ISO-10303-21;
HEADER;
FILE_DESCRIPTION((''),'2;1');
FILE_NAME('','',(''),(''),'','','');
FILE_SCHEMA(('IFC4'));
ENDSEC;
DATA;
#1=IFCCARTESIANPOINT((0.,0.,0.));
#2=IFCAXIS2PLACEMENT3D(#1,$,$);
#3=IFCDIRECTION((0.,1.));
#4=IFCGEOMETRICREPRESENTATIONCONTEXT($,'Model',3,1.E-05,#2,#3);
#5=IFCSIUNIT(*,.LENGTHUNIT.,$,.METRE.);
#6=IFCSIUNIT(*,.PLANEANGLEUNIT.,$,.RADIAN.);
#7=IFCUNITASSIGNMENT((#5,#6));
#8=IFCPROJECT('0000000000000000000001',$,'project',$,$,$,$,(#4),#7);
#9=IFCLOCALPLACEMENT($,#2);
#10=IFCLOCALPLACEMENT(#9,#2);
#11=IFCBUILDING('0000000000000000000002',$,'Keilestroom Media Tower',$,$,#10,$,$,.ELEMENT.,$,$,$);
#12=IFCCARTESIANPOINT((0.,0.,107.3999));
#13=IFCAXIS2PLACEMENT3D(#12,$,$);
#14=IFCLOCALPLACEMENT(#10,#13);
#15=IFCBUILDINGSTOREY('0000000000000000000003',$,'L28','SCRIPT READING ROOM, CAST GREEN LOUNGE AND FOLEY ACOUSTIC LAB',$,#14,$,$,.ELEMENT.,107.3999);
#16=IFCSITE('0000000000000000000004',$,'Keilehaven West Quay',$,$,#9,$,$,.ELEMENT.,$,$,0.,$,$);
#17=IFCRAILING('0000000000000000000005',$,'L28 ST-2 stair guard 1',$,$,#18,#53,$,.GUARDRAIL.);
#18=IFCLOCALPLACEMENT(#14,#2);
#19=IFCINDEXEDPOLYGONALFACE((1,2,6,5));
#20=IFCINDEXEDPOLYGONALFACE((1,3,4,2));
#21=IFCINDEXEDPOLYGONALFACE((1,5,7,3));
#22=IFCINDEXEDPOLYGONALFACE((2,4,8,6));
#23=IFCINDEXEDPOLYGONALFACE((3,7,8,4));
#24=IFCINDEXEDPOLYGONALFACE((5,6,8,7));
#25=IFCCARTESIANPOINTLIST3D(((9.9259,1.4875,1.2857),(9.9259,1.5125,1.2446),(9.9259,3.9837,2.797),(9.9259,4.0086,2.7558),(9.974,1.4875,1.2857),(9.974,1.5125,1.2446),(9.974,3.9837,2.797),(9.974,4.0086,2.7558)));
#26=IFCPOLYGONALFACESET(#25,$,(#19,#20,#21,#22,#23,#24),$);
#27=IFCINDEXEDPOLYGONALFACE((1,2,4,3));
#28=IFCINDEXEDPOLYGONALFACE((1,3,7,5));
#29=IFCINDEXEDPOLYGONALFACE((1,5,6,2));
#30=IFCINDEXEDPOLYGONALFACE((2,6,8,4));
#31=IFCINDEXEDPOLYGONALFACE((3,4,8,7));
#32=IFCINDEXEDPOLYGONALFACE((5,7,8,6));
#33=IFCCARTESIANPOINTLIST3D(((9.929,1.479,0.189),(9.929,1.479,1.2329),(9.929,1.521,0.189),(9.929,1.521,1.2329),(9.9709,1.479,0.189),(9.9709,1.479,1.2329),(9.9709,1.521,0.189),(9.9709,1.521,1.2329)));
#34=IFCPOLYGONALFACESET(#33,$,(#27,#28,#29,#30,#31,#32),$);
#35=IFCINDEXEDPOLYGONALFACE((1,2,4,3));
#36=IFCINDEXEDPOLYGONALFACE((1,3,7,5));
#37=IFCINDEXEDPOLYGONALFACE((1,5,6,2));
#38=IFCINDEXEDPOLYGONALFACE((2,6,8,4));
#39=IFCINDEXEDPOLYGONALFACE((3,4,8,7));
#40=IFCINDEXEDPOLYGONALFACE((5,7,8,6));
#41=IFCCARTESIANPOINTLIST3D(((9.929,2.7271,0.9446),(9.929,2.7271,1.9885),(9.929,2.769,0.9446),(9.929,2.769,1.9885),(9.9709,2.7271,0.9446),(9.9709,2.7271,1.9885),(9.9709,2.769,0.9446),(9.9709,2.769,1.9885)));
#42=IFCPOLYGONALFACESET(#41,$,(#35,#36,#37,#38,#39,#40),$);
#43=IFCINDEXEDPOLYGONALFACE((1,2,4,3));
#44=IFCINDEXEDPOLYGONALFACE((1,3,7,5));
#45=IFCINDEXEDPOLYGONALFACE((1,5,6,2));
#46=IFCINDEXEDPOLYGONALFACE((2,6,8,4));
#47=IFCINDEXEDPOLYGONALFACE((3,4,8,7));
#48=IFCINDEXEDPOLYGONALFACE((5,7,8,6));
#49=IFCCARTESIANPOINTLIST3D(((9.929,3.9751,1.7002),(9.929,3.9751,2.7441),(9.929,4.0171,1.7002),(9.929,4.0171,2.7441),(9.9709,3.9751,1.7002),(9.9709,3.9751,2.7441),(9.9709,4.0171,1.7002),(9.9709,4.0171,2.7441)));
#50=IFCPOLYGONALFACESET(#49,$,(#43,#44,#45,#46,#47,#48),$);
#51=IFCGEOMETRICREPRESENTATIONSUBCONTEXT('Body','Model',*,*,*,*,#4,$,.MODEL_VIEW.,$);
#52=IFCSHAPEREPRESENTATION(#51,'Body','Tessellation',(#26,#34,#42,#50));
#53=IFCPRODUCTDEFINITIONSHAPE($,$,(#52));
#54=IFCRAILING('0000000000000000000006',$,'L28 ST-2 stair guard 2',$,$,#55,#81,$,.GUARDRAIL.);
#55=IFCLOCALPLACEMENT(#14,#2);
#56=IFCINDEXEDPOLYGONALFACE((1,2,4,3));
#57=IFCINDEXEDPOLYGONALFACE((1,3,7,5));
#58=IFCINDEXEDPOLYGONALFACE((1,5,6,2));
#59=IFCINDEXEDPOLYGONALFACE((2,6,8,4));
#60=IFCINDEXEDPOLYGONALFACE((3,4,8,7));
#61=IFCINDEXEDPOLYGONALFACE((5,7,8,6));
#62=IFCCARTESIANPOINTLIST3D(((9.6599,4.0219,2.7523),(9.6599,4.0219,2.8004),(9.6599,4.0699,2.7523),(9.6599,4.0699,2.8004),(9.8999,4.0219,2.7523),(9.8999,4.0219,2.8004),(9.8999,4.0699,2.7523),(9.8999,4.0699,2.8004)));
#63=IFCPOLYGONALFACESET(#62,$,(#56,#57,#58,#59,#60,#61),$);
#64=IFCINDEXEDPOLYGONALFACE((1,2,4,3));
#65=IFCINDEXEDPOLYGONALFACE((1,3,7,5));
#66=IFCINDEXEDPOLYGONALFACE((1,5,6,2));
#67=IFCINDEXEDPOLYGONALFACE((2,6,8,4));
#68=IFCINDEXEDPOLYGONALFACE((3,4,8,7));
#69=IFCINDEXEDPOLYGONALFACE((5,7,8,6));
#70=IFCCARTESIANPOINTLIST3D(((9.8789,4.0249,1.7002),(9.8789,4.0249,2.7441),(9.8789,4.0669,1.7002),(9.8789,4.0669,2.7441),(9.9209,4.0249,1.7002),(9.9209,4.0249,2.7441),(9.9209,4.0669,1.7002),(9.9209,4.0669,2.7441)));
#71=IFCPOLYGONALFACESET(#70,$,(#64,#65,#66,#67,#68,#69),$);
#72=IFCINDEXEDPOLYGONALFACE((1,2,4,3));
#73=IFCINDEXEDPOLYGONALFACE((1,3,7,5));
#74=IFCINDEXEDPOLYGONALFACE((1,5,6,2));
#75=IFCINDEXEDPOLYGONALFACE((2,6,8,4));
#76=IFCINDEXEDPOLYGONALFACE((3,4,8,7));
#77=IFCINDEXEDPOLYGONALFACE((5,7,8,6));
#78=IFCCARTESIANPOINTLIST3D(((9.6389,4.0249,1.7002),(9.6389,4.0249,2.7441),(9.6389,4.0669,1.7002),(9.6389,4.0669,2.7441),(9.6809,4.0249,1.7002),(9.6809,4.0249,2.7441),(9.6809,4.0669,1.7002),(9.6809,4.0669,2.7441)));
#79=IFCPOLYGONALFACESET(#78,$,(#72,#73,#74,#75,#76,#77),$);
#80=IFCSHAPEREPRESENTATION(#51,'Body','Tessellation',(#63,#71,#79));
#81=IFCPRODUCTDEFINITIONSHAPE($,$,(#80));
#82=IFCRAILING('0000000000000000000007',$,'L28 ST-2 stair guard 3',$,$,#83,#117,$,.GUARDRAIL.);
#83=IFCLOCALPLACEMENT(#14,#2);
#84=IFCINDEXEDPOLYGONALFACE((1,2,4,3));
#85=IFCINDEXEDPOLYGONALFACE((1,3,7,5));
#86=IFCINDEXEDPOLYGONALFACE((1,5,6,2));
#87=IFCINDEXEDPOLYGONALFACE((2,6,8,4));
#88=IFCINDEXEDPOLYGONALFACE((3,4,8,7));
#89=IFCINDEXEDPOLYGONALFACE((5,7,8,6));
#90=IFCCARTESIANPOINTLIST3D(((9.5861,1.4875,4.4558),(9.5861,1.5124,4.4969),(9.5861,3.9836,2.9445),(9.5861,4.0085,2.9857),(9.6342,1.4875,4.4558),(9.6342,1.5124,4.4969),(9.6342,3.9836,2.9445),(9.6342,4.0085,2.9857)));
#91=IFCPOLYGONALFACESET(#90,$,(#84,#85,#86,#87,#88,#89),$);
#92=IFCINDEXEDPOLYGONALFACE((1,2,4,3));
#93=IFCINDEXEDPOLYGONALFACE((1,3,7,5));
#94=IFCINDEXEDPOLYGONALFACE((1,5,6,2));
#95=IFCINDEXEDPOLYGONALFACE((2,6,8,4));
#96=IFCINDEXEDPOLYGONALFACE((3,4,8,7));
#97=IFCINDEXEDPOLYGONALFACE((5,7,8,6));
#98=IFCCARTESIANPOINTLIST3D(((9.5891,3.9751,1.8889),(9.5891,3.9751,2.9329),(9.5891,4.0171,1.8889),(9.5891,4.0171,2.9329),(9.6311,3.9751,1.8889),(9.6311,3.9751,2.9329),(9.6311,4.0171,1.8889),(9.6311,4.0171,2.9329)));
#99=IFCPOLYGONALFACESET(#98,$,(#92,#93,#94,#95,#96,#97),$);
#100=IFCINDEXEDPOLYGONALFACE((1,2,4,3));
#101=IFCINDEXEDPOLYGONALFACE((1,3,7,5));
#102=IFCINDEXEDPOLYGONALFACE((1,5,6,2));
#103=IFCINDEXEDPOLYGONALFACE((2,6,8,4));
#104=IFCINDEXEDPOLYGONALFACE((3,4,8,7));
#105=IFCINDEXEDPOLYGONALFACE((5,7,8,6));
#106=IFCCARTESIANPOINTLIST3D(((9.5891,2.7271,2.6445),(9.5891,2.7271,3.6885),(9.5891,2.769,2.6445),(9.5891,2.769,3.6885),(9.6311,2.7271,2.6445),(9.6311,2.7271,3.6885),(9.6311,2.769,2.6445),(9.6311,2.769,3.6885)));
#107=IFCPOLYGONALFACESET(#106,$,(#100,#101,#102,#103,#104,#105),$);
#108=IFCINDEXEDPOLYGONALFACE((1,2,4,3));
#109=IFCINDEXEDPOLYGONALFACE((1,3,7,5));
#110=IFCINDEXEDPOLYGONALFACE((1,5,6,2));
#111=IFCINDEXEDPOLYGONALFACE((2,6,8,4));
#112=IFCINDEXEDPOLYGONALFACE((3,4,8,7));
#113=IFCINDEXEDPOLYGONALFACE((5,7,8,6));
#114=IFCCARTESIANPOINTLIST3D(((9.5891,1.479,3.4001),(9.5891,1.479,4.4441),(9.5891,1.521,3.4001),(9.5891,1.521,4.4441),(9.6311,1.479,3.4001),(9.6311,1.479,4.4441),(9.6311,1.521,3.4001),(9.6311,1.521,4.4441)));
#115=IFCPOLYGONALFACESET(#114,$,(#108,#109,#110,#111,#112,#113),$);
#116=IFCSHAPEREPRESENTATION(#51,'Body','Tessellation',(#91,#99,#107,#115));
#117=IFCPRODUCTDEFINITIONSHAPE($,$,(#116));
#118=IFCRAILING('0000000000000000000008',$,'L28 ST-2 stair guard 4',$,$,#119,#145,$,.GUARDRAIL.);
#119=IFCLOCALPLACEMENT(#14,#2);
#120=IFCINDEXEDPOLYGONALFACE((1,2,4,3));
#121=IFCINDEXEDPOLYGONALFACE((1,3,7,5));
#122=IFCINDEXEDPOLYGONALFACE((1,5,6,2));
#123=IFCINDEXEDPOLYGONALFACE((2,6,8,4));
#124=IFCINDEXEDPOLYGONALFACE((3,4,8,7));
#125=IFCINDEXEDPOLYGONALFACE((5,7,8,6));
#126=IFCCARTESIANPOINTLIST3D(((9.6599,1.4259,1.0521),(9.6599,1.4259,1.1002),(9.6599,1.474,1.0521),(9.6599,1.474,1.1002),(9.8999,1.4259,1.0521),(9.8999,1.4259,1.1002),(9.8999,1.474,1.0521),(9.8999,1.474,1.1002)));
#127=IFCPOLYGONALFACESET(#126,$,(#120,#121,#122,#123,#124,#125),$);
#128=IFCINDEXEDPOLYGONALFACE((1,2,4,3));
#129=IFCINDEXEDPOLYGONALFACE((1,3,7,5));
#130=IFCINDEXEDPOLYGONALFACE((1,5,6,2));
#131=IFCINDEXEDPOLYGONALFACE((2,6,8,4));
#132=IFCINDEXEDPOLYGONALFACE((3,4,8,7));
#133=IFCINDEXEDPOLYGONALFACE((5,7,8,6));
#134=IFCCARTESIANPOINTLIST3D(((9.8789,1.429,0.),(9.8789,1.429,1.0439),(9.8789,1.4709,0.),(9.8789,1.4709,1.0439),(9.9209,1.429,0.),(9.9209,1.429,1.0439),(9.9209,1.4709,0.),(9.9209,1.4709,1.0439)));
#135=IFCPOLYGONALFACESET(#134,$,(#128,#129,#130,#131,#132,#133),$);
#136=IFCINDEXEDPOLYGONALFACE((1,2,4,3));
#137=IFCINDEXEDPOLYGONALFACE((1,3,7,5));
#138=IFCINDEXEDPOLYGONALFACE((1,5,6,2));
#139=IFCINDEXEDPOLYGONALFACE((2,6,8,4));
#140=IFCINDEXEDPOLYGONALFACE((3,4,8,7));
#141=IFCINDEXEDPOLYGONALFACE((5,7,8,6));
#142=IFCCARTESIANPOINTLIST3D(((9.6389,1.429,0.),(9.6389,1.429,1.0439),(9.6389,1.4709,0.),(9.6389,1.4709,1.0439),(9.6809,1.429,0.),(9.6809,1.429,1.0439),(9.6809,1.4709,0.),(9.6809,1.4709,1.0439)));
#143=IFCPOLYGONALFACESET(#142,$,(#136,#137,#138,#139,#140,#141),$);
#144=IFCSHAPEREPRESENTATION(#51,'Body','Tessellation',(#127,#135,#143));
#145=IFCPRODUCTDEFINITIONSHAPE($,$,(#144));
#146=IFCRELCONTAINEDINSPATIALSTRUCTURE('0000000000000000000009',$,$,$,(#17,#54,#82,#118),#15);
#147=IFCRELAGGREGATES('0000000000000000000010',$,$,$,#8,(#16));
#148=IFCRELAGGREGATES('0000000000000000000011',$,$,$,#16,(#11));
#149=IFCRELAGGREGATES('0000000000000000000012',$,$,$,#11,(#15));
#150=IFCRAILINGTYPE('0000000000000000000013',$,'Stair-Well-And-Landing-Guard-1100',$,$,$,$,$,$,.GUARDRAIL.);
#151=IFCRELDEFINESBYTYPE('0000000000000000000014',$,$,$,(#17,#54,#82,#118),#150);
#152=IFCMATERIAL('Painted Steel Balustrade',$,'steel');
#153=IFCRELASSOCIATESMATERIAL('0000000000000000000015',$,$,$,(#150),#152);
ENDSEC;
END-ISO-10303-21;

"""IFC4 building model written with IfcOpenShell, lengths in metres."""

from ifc_helpers import new_model, si_unit, direction, frame, origin, origin_2d, place, context, subcontext, project, spatial, rectangle, extrude, material, type_object, element, save


model = new_model("IFC4")

# Units and contexts
model_context = context("Model", 3, precision=1e-05, world=origin(), true_north=direction((0.0, 1.0)))
body_context = subcontext(model_context, "Body", "Model", "MODEL_VIEW")
ifc_project = project(units=[si_unit("LENGTHUNIT", "METRE"), si_unit("PLANEANGLEUNIT", "RADIAN")], contexts=[model_context])

# Site, building, storey
site_placement = place(None, origin())
site = spatial("IfcSite", under=ifc_project, at=site_placement, Name="Keilehaven West Quay", CompositionType="ELEMENT", RefElevation=0.0)
building_placement = place(site_placement, origin())
building = spatial("IfcBuilding", under=site, at=building_placement, Name="Keilestroom Media Tower", CompositionType="ELEMENT")
storey_placement = place(building_placement, frame((0.0, 0.0, 107.3999)))
storey = spatial("IfcBuildingStorey", under=building, at=storey_placement, Name="L28", Description="SCRIPT READING ROOM, CAST GREEN LOUNGE AND FOLEY ACOUSTIC LAB", CompositionType="ELEMENT", Elevation=107.3999)

# Railings
ifc_material_1 = material(Name="Painted Steel Balustrade", Category="steel")
railing_type_1 = type_object("IfcRailingType", Name="Stair-Well-And-Landing-Guard-1100", PredefinedType="GUARDRAIL", material=ifc_material_1)
railing_1_placement = place(storey_placement, frame((9.95, 1.5, 0.189)))
element("IfcRailing", 1, at=railing_1_placement, inside=storey, type_object=railing_type_1, Name="L28 ST-2 stair guard 1", PredefinedType="GUARDRAIL", context=body_context, shape_type="SweptSolid", body=[
    extrude(rectangle(XDim=0.0481, YDim=0.0481, at=origin_2d()), frame((0.0, 0.0, 1.0762), z_axis=(0.0, 0.855434, 0.517912), x_axis=(-1.0, 0.0, 0.0)), (0.0, 0.0, 1.0), 2.918),
    extrude(rectangle(XDim=0.042, YDim=0.042, at=origin_2d()), origin(), (0.0, 0.0, 1.0), 1.0439),
    extrude(rectangle(XDim=0.042, YDim=0.042, at=origin_2d()), frame((0.0, 1.248, 0.7556)), (0.0, 0.0, 1.0), 1.0439),
    extrude(rectangle(XDim=0.042, YDim=0.042, at=origin_2d()), frame((0.0, 2.4961, 1.5112)), (0.0, 0.0, 1.0), 1.0439),
])
railing_2_placement = place(storey_placement, frame((9.8999, 4.0459, 1.7002)))
element("IfcRailing", 2, at=railing_2_placement, inside=storey, type_object=railing_type_1, Name="L28 ST-2 stair guard 2", PredefinedType="GUARDRAIL", context=body_context, shape_type="SweptSolid", body=[
    extrude(rectangle(XDim=0.0481, YDim=0.0481, at=origin_2d()), frame((0.0, 0.0, 1.0762), z_axis=(-1.0, 0.0, 0.0), x_axis=(0.0, -1.0, 0.0)), (0.0, 0.0, 1.0), 0.24),
    extrude(rectangle(XDim=0.042, YDim=0.042, at=origin_2d()), origin(), (0.0, 0.0, 1.0), 1.0439),
    extrude(rectangle(XDim=0.042, YDim=0.042, at=origin_2d()), frame((-0.24, 0.0, 0.0)), (0.0, 0.0, 1.0), 1.0439),
])
railing_3_placement = place(storey_placement, frame((9.6101, 3.9961, 1.8889)))
element("IfcRailing", 3, at=railing_3_placement, inside=storey, type_object=railing_type_1, Name="L28 ST-2 stair guard 3", PredefinedType="GUARDRAIL", context=body_context, shape_type="SweptSolid", body=[
    extrude(rectangle(XDim=0.0481, YDim=0.0481, at=origin_2d()), frame((0.0, 0.0, 1.0762), z_axis=(0.0, -0.855434, 0.517912), x_axis=(1.0, 0.0, 0.0)), (0.0, 0.0, 1.0), 2.918),
    extrude(rectangle(XDim=0.042, YDim=0.042, at=origin_2d()), origin(), (0.0, 0.0, 1.0), 1.0439),
    extrude(rectangle(XDim=0.042, YDim=0.042, at=origin_2d()), frame((0.0, -1.248, 0.7556)), (0.0, 0.0, 1.0), 1.0439),
    extrude(rectangle(XDim=0.042, YDim=0.042, at=origin_2d()), frame((0.0, -2.4961, 1.5112)), (0.0, 0.0, 1.0), 1.0439),
])
railing_4_placement = place(storey_placement, frame((9.8999, 1.45, 0.0)))
element("IfcRailing", 4, at=railing_4_placement, inside=storey, type_object=railing_type_1, Name="L28 ST-2 stair guard 4", PredefinedType="GUARDRAIL", context=body_context, shape_type="SweptSolid", body=[
    extrude(rectangle(XDim=0.0481, YDim=0.0481, at=origin_2d()), frame((0.0, 0.0, 1.0762), z_axis=(-1.0, 0.0, 0.0), x_axis=(0.0, -1.0, 0.0)), (0.0, 0.0, 1.0), 0.24),
    extrude(rectangle(XDim=0.042, YDim=0.042, at=origin_2d()), origin(), (0.0, 0.0, 1.0), 1.0439),
    extrude(rectangle(XDim=0.042, YDim=0.042, at=origin_2d()), frame((-0.24, 0.0, 0.0)), (0.0, 0.0, 1.0), 1.0439),
])

save(model, "model.ifc")
